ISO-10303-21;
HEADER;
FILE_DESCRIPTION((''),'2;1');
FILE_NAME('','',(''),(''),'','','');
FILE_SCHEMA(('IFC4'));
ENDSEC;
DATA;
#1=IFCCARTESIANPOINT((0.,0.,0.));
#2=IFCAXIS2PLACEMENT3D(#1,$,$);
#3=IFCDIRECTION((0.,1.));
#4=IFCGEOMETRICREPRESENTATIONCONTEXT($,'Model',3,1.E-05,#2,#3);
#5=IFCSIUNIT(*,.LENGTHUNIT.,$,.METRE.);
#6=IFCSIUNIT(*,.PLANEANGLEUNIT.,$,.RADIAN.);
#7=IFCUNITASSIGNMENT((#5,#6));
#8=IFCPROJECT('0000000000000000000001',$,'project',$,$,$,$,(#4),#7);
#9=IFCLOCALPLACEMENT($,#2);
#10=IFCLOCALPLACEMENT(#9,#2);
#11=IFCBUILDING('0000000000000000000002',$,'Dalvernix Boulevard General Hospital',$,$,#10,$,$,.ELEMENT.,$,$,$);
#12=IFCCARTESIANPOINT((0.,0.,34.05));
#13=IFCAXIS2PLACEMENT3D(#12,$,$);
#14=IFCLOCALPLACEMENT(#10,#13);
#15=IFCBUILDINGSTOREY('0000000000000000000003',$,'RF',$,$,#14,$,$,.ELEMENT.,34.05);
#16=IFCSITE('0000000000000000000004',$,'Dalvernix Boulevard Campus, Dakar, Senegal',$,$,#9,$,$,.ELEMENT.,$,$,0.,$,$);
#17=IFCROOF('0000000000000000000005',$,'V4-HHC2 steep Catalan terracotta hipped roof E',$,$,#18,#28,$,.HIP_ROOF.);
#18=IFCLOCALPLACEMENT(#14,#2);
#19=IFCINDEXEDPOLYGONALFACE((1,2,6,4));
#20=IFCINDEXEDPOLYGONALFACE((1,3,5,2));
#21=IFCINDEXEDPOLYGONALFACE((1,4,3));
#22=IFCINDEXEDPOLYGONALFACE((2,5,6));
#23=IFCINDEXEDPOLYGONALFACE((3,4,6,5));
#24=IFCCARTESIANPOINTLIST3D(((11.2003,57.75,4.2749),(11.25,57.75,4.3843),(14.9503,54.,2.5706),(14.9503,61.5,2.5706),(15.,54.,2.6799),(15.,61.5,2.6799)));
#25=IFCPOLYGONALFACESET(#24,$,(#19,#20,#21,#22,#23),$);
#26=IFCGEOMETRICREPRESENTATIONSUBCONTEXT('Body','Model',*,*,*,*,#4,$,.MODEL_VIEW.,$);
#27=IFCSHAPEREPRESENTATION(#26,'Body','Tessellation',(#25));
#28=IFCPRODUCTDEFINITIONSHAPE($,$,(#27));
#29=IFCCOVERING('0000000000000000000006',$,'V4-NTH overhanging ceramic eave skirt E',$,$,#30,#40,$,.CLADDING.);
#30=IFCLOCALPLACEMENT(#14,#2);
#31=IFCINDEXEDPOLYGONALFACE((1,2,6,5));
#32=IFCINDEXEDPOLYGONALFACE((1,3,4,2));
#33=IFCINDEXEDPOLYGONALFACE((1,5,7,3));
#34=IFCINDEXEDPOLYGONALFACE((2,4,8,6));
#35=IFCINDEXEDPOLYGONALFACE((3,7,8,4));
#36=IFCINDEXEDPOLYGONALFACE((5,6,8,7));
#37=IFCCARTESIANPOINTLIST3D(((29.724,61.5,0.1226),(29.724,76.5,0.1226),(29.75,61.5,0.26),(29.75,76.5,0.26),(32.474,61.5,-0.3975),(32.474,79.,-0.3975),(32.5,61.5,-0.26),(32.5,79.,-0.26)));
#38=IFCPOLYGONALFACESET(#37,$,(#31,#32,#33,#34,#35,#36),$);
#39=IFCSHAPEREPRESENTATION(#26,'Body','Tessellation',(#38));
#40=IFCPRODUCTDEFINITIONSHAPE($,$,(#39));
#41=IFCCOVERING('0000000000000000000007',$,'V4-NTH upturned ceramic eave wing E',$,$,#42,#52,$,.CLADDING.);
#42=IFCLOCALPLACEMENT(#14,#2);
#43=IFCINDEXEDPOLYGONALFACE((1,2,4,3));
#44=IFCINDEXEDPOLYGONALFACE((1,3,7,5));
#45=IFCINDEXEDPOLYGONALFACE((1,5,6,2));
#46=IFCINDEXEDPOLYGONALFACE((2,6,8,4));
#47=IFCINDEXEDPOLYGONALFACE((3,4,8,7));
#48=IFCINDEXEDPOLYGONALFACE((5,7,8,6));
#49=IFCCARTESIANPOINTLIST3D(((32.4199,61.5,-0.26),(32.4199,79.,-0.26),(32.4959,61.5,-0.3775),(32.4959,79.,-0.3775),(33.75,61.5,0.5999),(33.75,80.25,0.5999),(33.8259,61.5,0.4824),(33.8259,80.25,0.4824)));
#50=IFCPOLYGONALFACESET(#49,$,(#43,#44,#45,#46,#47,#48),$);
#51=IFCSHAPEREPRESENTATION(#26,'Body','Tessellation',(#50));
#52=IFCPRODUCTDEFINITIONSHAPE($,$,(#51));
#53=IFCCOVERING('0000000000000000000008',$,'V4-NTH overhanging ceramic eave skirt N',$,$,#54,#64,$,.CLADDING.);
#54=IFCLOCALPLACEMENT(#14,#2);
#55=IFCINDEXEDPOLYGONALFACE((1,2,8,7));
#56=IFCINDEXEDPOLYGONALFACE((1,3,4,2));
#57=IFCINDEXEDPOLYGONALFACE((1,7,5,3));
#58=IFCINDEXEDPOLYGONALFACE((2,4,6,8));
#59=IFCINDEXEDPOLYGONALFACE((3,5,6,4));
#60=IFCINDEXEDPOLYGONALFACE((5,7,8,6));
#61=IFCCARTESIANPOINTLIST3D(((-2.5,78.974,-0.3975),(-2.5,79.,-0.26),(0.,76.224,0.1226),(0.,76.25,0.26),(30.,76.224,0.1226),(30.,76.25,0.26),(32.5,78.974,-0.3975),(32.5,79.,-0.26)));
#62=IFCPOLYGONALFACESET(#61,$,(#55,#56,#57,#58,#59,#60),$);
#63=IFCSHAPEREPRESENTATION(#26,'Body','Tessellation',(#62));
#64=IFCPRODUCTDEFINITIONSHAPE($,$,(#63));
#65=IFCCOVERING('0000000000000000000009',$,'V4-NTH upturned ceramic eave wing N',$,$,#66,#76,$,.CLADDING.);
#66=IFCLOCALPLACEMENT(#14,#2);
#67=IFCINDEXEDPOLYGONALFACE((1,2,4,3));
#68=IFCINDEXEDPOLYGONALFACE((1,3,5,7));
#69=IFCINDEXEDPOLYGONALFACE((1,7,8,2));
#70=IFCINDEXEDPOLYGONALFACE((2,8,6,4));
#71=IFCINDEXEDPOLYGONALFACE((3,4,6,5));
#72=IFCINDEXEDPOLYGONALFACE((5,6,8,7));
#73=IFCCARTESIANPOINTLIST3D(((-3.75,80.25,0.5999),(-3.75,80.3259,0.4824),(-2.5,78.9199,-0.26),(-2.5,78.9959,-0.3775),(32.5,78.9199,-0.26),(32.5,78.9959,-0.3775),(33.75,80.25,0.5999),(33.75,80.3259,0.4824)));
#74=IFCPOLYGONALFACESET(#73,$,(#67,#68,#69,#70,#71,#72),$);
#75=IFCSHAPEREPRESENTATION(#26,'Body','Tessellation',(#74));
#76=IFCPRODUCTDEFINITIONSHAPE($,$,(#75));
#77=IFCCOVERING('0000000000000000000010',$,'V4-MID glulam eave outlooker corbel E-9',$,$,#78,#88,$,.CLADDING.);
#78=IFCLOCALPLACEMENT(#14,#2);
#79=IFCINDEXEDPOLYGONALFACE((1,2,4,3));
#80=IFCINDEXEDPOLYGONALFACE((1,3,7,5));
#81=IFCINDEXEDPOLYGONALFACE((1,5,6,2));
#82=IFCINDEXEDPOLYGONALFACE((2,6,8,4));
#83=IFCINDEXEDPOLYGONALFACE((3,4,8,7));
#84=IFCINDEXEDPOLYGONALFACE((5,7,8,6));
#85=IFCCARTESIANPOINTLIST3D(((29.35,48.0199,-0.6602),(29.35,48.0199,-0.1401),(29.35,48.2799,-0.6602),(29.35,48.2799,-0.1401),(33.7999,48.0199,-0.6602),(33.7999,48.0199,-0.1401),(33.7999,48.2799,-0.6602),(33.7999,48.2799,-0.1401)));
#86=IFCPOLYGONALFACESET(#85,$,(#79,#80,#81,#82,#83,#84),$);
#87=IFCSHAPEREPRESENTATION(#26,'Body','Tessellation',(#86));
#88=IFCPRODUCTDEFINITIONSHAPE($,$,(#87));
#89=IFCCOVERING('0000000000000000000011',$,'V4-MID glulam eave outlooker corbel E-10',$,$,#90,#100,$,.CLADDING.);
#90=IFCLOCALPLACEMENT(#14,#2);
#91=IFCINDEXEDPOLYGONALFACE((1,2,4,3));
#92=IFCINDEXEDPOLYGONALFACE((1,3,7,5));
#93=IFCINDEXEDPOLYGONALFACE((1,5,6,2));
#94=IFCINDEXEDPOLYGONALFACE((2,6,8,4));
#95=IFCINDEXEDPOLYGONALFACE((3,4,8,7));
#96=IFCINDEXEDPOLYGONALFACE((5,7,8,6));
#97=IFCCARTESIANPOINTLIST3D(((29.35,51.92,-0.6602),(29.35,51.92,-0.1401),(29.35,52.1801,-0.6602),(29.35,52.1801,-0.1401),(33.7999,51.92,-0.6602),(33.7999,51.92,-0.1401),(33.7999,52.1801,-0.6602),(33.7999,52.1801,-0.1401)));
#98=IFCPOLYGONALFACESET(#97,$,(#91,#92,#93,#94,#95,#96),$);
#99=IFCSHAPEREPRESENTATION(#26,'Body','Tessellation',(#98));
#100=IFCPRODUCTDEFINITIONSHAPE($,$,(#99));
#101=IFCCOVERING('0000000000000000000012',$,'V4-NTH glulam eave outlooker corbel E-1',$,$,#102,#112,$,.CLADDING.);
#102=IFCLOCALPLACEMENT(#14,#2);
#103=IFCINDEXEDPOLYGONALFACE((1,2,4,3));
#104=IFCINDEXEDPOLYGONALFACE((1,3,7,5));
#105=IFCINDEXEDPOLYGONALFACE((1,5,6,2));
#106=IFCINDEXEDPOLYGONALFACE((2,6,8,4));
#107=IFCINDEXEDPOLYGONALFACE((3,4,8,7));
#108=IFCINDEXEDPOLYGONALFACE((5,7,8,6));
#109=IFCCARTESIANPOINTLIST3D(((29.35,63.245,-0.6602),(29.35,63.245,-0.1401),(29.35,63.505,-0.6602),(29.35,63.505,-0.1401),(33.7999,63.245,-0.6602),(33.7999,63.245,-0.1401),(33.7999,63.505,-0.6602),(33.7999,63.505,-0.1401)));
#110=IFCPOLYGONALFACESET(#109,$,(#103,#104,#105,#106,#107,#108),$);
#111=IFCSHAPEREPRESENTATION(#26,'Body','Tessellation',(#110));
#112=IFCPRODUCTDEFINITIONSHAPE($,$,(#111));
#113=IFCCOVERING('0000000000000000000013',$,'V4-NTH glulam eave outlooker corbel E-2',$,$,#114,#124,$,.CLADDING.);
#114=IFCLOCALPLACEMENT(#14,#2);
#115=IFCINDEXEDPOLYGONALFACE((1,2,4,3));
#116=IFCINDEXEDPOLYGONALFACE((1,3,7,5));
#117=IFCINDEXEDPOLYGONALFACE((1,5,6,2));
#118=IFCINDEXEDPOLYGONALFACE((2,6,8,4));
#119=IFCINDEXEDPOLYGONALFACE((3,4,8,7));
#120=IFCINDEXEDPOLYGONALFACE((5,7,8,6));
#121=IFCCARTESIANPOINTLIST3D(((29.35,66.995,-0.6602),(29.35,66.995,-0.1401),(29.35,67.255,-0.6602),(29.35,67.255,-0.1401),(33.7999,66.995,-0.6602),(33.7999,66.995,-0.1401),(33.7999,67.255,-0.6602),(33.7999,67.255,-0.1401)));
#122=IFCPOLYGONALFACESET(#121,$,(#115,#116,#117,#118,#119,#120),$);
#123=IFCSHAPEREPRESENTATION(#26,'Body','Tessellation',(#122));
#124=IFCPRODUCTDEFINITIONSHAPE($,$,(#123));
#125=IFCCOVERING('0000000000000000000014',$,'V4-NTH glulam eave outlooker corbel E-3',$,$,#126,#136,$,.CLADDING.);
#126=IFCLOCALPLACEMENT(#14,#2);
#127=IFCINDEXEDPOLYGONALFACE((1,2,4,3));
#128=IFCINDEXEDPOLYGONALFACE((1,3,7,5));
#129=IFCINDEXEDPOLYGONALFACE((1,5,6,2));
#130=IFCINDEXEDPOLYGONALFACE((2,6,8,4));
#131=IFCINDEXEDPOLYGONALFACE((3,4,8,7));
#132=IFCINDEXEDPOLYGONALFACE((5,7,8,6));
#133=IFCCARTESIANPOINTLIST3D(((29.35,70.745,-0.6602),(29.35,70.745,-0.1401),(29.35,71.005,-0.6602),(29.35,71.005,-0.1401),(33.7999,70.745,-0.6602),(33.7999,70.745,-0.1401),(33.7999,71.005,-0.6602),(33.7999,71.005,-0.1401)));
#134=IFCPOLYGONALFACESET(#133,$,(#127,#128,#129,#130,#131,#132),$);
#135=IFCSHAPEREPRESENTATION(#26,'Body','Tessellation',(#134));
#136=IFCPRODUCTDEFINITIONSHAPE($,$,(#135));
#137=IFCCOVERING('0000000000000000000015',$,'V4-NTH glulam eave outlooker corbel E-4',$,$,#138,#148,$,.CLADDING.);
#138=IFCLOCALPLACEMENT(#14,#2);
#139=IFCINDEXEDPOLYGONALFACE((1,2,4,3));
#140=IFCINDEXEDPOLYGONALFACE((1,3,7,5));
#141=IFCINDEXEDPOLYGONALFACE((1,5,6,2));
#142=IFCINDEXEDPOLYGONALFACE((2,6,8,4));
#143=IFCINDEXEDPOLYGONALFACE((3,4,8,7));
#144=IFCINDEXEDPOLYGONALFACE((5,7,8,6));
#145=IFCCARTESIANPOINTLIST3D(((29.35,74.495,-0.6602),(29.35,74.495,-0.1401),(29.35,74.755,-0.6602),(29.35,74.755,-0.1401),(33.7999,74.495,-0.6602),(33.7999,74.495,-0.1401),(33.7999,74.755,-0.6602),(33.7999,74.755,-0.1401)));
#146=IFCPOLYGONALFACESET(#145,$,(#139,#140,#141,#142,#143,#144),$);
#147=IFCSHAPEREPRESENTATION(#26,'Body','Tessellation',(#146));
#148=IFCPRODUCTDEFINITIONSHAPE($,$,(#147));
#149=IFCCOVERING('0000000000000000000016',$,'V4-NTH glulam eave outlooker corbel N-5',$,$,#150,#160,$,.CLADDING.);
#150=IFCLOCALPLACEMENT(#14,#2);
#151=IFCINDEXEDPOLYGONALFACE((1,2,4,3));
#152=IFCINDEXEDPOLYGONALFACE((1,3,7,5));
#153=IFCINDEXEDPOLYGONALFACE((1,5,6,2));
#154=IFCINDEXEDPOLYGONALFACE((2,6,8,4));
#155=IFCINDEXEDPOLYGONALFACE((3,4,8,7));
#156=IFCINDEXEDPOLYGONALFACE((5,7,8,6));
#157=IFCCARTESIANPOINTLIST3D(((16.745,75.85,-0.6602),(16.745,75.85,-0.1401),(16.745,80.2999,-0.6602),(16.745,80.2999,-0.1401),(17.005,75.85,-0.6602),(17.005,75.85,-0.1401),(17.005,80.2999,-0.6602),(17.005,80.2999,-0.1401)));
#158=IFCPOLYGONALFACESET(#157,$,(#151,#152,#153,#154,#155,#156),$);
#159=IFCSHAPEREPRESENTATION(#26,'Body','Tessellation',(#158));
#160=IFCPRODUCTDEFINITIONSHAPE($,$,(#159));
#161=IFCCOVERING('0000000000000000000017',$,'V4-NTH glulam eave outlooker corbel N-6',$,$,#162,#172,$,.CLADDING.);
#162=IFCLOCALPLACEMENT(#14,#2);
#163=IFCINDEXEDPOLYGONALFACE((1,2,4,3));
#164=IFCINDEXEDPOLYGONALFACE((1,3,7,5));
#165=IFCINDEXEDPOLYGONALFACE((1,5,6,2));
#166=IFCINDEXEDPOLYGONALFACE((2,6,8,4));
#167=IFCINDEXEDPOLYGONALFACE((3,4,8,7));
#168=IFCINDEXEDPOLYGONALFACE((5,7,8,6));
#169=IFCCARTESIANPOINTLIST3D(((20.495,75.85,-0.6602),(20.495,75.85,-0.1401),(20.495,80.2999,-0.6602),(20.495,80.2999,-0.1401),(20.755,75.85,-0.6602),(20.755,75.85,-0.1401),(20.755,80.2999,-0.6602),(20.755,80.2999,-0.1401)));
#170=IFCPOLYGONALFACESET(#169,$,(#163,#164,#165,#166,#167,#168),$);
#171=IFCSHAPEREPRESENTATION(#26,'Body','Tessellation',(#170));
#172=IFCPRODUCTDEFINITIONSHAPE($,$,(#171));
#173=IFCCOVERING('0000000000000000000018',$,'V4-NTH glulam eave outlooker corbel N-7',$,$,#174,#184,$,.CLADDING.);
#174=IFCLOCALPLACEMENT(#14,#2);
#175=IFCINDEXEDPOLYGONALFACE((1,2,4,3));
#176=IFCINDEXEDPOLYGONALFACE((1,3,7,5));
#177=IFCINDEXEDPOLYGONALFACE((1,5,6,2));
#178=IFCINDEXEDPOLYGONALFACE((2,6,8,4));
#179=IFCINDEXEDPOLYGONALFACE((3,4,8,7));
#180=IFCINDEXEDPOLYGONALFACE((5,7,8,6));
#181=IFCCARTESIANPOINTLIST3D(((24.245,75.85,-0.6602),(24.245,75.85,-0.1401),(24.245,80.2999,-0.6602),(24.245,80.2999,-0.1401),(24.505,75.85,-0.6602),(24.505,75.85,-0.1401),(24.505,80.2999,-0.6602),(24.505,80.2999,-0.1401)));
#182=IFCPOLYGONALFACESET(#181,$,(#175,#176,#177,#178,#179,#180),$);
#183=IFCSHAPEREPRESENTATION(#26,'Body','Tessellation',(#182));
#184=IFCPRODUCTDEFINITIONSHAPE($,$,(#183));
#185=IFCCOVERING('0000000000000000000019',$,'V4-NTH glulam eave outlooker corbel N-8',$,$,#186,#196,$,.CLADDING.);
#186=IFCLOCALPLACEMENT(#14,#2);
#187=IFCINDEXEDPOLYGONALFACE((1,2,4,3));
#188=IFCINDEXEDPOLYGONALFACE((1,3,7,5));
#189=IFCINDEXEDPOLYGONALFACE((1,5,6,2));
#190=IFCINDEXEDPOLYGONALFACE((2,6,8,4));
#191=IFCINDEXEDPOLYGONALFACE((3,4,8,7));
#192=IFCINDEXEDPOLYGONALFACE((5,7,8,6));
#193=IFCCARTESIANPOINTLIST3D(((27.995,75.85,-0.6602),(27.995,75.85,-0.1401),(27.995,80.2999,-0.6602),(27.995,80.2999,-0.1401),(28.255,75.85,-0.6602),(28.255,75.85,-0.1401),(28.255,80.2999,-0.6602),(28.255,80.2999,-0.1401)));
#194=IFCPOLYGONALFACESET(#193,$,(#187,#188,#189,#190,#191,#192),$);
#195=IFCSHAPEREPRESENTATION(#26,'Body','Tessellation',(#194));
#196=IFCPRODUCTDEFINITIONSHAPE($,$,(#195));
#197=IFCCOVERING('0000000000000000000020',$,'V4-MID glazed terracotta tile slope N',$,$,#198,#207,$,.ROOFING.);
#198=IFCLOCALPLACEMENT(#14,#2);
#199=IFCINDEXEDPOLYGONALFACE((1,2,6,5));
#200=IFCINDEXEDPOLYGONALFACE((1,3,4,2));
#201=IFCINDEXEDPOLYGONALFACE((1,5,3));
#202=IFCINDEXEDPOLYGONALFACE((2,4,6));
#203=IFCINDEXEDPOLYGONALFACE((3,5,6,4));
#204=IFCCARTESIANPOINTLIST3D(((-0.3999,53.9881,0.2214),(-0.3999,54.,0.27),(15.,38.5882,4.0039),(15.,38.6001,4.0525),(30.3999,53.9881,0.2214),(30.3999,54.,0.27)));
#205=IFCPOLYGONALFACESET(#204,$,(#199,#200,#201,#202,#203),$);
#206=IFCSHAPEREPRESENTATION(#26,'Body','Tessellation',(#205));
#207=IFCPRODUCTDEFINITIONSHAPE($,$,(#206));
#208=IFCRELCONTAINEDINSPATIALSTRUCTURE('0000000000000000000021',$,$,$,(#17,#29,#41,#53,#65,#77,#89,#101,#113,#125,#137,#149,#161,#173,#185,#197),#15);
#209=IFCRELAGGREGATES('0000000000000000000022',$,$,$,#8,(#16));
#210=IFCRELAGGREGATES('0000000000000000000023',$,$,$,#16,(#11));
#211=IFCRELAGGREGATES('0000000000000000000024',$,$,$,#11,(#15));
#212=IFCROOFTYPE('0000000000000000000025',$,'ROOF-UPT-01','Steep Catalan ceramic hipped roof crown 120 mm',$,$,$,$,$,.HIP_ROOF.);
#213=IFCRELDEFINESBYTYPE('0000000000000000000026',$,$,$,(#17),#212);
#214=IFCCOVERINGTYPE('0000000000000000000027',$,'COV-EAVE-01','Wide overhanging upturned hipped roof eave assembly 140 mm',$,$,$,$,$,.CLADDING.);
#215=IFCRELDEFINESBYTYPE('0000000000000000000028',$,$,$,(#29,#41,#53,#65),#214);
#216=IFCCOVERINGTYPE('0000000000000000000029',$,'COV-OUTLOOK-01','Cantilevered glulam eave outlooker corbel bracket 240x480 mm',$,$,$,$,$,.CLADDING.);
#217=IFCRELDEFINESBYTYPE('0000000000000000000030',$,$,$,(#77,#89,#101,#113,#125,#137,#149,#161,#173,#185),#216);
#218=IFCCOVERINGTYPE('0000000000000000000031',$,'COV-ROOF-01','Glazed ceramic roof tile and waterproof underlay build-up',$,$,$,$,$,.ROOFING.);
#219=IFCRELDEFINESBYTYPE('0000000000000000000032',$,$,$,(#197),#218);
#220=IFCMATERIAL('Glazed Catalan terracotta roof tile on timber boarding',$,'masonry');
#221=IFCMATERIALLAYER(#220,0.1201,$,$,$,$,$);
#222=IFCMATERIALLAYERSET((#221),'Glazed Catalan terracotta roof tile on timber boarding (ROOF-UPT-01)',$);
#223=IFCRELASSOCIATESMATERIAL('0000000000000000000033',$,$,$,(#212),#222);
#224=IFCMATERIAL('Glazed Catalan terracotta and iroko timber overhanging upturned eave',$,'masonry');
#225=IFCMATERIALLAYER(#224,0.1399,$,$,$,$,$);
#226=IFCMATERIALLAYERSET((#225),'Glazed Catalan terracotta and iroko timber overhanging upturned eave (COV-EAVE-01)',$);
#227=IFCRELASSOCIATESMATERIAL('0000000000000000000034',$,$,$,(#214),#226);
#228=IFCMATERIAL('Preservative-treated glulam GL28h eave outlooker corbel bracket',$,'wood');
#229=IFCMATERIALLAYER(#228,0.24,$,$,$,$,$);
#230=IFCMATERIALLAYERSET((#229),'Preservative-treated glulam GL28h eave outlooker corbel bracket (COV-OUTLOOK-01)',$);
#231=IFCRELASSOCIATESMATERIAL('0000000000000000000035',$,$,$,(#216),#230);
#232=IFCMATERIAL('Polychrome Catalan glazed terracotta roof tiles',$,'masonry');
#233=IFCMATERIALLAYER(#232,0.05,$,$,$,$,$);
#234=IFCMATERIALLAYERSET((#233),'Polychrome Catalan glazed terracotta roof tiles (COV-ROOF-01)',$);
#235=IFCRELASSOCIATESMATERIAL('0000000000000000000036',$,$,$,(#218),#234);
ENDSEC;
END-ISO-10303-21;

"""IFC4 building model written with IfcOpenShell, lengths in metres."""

from ifc_helpers import new_model, si_unit, direction, frame, origin, origin_2d, place, context, subcontext, project, spatial, polyline, rectangle, outline, extrude, material, layer, layer_set, type_object, element, save


model = new_model("IFC4")

# Units and contexts
model_context = context("Model", 3, precision=1e-05, world=origin(), true_north=direction((0.0, 1.0)))
body_context = subcontext(model_context, "Body", "Model", "MODEL_VIEW")
ifc_project = project(units=[si_unit("LENGTHUNIT", "METRE"), si_unit("PLANEANGLEUNIT", "RADIAN")], contexts=[model_context])

# Site, building, storey
site_placement = place(None, origin())
site = spatial("IfcSite", under=ifc_project, at=site_placement, Name="Dalvernix Boulevard Campus, Dakar, Senegal", CompositionType="ELEMENT", RefElevation=0.0)
building_placement = place(site_placement, origin())
building = spatial("IfcBuilding", under=site, at=building_placement, Name="Dalvernix Boulevard General Hospital", CompositionType="ELEMENT")
storey_placement = place(building_placement, frame((0.0, 0.0, 34.05)))
storey = spatial("IfcBuildingStorey", under=building, at=storey_placement, Name="RF", CompositionType="ELEMENT", Elevation=34.05)

# Roof
ifc_material_1 = material(Name="Glazed Catalan terracotta roof tile on timber boarding", Category="masonry")
ifc_layer_1 = layer(ifc_material_1, 0.1201)
ifc_layer_set_1 = layer_set([ifc_layer_1], Name="Glazed Catalan terracotta roof tile on timber boarding (ROOF-UPT-01)")
roof_type_1 = type_object("IfcRoofType", Name="ROOF-UPT-01", Description="Steep Catalan ceramic hipped roof crown 120 mm", PredefinedType="HIP_ROOF", material=ifc_layer_set_1)
roof_1_placement = place(storey_placement, frame((15.0, 54.0, 2.6799), z_axis=(0.413763, 0.0, 0.910385), x_axis=(0.0, 1.0, 0.0)))
element("IfcRoof", 1, at=roof_1_placement, inside=storey, type_object=roof_type_1, Name="V4-HHC2 steep Catalan terracotta hipped roof E", PredefinedType="HIP_ROOF", context=body_context, shape_type="SweptSolid", body=[
    extrude(outline(polyline([(0.0, 0.0), (7.5, 0.0), (3.75, 4.1191), (0.0, 0.0)])), origin(), (0.0, 0.0, -1.0), 0.1201),
])

# Coverings
ifc_material_2 = material(Name="Glazed Catalan terracotta and iroko timber overhanging upturned eave", Category="masonry")
ifc_layer_2 = layer(ifc_material_2, 0.1399)
ifc_layer_set_2 = layer_set([ifc_layer_2], Name="Glazed Catalan terracotta and iroko timber overhanging upturned eave (COV-EAVE-01)")
covering_type_1 = type_object("IfcCoveringType", Name="COV-EAVE-01", Description="Wide overhanging upturned hipped roof eave assembly 140 mm", PredefinedType="CLADDING", material=ifc_layer_set_2)
covering_1_placement = place(storey_placement, frame((29.75, 61.5, 0.26), z_axis=(0.185805, 0.0, 0.982587), x_axis=(0.0, 1.0, 0.0)))
element("IfcCovering", 2, at=covering_1_placement, inside=storey, type_object=covering_type_1, Name="V4-NTH overhanging ceramic eave skirt E", PredefinedType="CLADDING", context=body_context, shape_type="SweptSolid", body=[
    extrude(outline(polyline([(0.0, 0.0), (15.0, 0.0), (17.5, -2.7987), (0.0, -2.7987), (0.0, 0.0)])), origin(), (0.0, 0.0, -1.0), 0.1399),
])
covering_2_placement = place(storey_placement, frame((32.4199, 61.5, -0.26), z_axis=(-0.542906, 0.0, 0.839793), x_axis=(0.0, 1.0, 0.0)))
element("IfcCovering", 3, at=covering_2_placement, inside=storey, type_object=covering_type_1, Name="V4-NTH upturned ceramic eave wing E", PredefinedType="CLADDING", context=body_context, shape_type="SweptSolid", body=[
    extrude(outline(polyline([(0.0, 0.0), (17.5, 0.0), (18.75, -1.5838), (0.0, -1.5838), (0.0, 0.0)])), origin(), (0.0, 0.0, -1.0), 0.1399),
])
covering_3_placement = place(storey_placement, frame((30.0, 76.25, 0.26), z_axis=(0.0, 0.185805, 0.982587), x_axis=(-1.0, 0.0, 0.0)))
element("IfcCovering", 4, at=covering_3_placement, inside=storey, type_object=covering_type_1, Name="V4-NTH overhanging ceramic eave skirt N", PredefinedType="CLADDING", context=body_context, shape_type="SweptSolid", body=[
    extrude(outline(polyline([(0.0, 0.0), (30.0, 0.0), (32.5, -2.7987), (-2.5, -2.7987), (0.0, 0.0)])), origin(), (0.0, 0.0, -1.0), 0.1399),
])
covering_4_placement = place(storey_placement, frame((32.5, 78.9199, -0.26), z_axis=(0.0, -0.542906, 0.839793), x_axis=(-1.0, 0.0, 0.0)))
element("IfcCovering", 5, at=covering_4_placement, inside=storey, type_object=covering_type_1, Name="V4-NTH upturned ceramic eave wing N", PredefinedType="CLADDING", context=body_context, shape_type="SweptSolid", body=[
    extrude(outline(polyline([(0.0, 0.0), (35.0, 0.0), (36.25, -1.5838), (-1.25, -1.5838), (0.0, 0.0)])), origin(), (0.0, 0.0, -1.0), 0.1399),
])
ifc_material_3 = material(Name="Preservative-treated glulam GL28h eave outlooker corbel bracket", Category="wood")
ifc_layer_3 = layer(ifc_material_3, 0.24)
ifc_layer_set_3 = layer_set([ifc_layer_3], Name="Preservative-treated glulam GL28h eave outlooker corbel bracket (COV-OUTLOOK-01)")
covering_type_2 = type_object("IfcCoveringType", Name="COV-OUTLOOK-01", Description="Cantilevered glulam eave outlooker corbel bracket 240x480 mm", PredefinedType="CLADDING", material=ifc_layer_set_3)
for number, where, z_axis, x_axis, name in (
    (6, (31.575, 48.1499, -0.6602), (0.0, 0.0, 1.0), (1.0, 0.0, 0.0), "V4-MID glulam eave outlooker corbel E-9"),
    (7, (31.575, 52.05, -0.6602), (0.0, 0.0, 1.0), (1.0, 0.0, 0.0), "V4-MID glulam eave outlooker corbel E-10"),
    (8, (31.575, 63.375, -0.6602), (0.0, 0.0, 1.0), (1.0, 0.0, 0.0), "V4-NTH glulam eave outlooker corbel E-1"),
    (9, (31.575, 67.125, -0.6602), (0.0, 0.0, 1.0), (1.0, 0.0, 0.0), "V4-NTH glulam eave outlooker corbel E-2"),
    (10, (31.575, 70.875, -0.6602), (0.0, 0.0, 1.0), (1.0, 0.0, 0.0), "V4-NTH glulam eave outlooker corbel E-3"),
    (11, (31.575, 74.625, -0.6602), (0.0, 0.0, 1.0), (1.0, 0.0, 0.0), "V4-NTH glulam eave outlooker corbel E-4"),
):
    element("IfcCovering", number, at=place(storey_placement, frame(where, z_axis=z_axis, x_axis=x_axis)), inside=storey, type_object=covering_type_2, Name=name, PredefinedType="CLADDING", context=body_context, shape_type="SweptSolid", body=[
        extrude(rectangle(XDim=4.45, YDim=0.26, at=origin_2d()), origin(), (0.0, 0.0, 1.0), 0.52),
    ])
for number, where, z_axis, x_axis, name in (
    (12, (16.875, 78.075, -0.6602), (0.0, 0.0, 1.0), (1.0, 0.0, 0.0), "V4-NTH glulam eave outlooker corbel N-5"),
    (13, (20.625, 78.075, -0.6602), (0.0, 0.0, 1.0), (1.0, 0.0, 0.0), "V4-NTH glulam eave outlooker corbel N-6"),
    (14, (24.375, 78.075, -0.6602), (0.0, 0.0, 1.0), (1.0, 0.0, 0.0), "V4-NTH glulam eave outlooker corbel N-7"),
    (15, (28.125, 78.075, -0.6602), (0.0, 0.0, 1.0), (1.0, 0.0, 0.0), "V4-NTH glulam eave outlooker corbel N-8"),
):
    element("IfcCovering", number, at=place(storey_placement, frame(where, z_axis=z_axis, x_axis=x_axis)), inside=storey, type_object=covering_type_2, Name=name, PredefinedType="CLADDING", context=body_context, shape_type="SweptSolid", body=[
        extrude(rectangle(XDim=0.26, YDim=4.45, at=origin_2d()), origin(), (0.0, 0.0, 1.0), 0.52),
    ])
ifc_material_4 = material(Name="Polychrome Catalan glazed terracotta roof tiles", Category="masonry")
ifc_layer_4 = layer(ifc_material_4, 0.05)
ifc_layer_set_4 = layer_set([ifc_layer_4], Name="Polychrome Catalan glazed terracotta roof tiles (COV-ROOF-01)")
covering_type_3 = type_object("IfcCoveringType", Name="COV-ROOF-01", Description="Glazed ceramic roof tile and waterproof underlay build-up", PredefinedType="ROOFING", material=ifc_layer_set_4)
covering_5_placement = place(storey_placement, frame((30.3999, 54.0, 0.27), z_axis=(0.0, 0.238527, 0.971136), x_axis=(-1.0, 0.0, 0.0)))
element("IfcCovering", 16, at=covering_5_placement, inside=storey, type_object=covering_type_3, Name="V4-MID glazed terracotta tile slope N", PredefinedType="ROOFING", context=body_context, shape_type="SweptSolid", body=[
    extrude(outline(polyline([(0.0, 0.0), (30.7998, 0.0), (15.3999, 15.8576), (0.0, 0.0)])), origin(), (0.0, 0.0, -1.0), 0.05),
])

save(model, "model.ifc")
